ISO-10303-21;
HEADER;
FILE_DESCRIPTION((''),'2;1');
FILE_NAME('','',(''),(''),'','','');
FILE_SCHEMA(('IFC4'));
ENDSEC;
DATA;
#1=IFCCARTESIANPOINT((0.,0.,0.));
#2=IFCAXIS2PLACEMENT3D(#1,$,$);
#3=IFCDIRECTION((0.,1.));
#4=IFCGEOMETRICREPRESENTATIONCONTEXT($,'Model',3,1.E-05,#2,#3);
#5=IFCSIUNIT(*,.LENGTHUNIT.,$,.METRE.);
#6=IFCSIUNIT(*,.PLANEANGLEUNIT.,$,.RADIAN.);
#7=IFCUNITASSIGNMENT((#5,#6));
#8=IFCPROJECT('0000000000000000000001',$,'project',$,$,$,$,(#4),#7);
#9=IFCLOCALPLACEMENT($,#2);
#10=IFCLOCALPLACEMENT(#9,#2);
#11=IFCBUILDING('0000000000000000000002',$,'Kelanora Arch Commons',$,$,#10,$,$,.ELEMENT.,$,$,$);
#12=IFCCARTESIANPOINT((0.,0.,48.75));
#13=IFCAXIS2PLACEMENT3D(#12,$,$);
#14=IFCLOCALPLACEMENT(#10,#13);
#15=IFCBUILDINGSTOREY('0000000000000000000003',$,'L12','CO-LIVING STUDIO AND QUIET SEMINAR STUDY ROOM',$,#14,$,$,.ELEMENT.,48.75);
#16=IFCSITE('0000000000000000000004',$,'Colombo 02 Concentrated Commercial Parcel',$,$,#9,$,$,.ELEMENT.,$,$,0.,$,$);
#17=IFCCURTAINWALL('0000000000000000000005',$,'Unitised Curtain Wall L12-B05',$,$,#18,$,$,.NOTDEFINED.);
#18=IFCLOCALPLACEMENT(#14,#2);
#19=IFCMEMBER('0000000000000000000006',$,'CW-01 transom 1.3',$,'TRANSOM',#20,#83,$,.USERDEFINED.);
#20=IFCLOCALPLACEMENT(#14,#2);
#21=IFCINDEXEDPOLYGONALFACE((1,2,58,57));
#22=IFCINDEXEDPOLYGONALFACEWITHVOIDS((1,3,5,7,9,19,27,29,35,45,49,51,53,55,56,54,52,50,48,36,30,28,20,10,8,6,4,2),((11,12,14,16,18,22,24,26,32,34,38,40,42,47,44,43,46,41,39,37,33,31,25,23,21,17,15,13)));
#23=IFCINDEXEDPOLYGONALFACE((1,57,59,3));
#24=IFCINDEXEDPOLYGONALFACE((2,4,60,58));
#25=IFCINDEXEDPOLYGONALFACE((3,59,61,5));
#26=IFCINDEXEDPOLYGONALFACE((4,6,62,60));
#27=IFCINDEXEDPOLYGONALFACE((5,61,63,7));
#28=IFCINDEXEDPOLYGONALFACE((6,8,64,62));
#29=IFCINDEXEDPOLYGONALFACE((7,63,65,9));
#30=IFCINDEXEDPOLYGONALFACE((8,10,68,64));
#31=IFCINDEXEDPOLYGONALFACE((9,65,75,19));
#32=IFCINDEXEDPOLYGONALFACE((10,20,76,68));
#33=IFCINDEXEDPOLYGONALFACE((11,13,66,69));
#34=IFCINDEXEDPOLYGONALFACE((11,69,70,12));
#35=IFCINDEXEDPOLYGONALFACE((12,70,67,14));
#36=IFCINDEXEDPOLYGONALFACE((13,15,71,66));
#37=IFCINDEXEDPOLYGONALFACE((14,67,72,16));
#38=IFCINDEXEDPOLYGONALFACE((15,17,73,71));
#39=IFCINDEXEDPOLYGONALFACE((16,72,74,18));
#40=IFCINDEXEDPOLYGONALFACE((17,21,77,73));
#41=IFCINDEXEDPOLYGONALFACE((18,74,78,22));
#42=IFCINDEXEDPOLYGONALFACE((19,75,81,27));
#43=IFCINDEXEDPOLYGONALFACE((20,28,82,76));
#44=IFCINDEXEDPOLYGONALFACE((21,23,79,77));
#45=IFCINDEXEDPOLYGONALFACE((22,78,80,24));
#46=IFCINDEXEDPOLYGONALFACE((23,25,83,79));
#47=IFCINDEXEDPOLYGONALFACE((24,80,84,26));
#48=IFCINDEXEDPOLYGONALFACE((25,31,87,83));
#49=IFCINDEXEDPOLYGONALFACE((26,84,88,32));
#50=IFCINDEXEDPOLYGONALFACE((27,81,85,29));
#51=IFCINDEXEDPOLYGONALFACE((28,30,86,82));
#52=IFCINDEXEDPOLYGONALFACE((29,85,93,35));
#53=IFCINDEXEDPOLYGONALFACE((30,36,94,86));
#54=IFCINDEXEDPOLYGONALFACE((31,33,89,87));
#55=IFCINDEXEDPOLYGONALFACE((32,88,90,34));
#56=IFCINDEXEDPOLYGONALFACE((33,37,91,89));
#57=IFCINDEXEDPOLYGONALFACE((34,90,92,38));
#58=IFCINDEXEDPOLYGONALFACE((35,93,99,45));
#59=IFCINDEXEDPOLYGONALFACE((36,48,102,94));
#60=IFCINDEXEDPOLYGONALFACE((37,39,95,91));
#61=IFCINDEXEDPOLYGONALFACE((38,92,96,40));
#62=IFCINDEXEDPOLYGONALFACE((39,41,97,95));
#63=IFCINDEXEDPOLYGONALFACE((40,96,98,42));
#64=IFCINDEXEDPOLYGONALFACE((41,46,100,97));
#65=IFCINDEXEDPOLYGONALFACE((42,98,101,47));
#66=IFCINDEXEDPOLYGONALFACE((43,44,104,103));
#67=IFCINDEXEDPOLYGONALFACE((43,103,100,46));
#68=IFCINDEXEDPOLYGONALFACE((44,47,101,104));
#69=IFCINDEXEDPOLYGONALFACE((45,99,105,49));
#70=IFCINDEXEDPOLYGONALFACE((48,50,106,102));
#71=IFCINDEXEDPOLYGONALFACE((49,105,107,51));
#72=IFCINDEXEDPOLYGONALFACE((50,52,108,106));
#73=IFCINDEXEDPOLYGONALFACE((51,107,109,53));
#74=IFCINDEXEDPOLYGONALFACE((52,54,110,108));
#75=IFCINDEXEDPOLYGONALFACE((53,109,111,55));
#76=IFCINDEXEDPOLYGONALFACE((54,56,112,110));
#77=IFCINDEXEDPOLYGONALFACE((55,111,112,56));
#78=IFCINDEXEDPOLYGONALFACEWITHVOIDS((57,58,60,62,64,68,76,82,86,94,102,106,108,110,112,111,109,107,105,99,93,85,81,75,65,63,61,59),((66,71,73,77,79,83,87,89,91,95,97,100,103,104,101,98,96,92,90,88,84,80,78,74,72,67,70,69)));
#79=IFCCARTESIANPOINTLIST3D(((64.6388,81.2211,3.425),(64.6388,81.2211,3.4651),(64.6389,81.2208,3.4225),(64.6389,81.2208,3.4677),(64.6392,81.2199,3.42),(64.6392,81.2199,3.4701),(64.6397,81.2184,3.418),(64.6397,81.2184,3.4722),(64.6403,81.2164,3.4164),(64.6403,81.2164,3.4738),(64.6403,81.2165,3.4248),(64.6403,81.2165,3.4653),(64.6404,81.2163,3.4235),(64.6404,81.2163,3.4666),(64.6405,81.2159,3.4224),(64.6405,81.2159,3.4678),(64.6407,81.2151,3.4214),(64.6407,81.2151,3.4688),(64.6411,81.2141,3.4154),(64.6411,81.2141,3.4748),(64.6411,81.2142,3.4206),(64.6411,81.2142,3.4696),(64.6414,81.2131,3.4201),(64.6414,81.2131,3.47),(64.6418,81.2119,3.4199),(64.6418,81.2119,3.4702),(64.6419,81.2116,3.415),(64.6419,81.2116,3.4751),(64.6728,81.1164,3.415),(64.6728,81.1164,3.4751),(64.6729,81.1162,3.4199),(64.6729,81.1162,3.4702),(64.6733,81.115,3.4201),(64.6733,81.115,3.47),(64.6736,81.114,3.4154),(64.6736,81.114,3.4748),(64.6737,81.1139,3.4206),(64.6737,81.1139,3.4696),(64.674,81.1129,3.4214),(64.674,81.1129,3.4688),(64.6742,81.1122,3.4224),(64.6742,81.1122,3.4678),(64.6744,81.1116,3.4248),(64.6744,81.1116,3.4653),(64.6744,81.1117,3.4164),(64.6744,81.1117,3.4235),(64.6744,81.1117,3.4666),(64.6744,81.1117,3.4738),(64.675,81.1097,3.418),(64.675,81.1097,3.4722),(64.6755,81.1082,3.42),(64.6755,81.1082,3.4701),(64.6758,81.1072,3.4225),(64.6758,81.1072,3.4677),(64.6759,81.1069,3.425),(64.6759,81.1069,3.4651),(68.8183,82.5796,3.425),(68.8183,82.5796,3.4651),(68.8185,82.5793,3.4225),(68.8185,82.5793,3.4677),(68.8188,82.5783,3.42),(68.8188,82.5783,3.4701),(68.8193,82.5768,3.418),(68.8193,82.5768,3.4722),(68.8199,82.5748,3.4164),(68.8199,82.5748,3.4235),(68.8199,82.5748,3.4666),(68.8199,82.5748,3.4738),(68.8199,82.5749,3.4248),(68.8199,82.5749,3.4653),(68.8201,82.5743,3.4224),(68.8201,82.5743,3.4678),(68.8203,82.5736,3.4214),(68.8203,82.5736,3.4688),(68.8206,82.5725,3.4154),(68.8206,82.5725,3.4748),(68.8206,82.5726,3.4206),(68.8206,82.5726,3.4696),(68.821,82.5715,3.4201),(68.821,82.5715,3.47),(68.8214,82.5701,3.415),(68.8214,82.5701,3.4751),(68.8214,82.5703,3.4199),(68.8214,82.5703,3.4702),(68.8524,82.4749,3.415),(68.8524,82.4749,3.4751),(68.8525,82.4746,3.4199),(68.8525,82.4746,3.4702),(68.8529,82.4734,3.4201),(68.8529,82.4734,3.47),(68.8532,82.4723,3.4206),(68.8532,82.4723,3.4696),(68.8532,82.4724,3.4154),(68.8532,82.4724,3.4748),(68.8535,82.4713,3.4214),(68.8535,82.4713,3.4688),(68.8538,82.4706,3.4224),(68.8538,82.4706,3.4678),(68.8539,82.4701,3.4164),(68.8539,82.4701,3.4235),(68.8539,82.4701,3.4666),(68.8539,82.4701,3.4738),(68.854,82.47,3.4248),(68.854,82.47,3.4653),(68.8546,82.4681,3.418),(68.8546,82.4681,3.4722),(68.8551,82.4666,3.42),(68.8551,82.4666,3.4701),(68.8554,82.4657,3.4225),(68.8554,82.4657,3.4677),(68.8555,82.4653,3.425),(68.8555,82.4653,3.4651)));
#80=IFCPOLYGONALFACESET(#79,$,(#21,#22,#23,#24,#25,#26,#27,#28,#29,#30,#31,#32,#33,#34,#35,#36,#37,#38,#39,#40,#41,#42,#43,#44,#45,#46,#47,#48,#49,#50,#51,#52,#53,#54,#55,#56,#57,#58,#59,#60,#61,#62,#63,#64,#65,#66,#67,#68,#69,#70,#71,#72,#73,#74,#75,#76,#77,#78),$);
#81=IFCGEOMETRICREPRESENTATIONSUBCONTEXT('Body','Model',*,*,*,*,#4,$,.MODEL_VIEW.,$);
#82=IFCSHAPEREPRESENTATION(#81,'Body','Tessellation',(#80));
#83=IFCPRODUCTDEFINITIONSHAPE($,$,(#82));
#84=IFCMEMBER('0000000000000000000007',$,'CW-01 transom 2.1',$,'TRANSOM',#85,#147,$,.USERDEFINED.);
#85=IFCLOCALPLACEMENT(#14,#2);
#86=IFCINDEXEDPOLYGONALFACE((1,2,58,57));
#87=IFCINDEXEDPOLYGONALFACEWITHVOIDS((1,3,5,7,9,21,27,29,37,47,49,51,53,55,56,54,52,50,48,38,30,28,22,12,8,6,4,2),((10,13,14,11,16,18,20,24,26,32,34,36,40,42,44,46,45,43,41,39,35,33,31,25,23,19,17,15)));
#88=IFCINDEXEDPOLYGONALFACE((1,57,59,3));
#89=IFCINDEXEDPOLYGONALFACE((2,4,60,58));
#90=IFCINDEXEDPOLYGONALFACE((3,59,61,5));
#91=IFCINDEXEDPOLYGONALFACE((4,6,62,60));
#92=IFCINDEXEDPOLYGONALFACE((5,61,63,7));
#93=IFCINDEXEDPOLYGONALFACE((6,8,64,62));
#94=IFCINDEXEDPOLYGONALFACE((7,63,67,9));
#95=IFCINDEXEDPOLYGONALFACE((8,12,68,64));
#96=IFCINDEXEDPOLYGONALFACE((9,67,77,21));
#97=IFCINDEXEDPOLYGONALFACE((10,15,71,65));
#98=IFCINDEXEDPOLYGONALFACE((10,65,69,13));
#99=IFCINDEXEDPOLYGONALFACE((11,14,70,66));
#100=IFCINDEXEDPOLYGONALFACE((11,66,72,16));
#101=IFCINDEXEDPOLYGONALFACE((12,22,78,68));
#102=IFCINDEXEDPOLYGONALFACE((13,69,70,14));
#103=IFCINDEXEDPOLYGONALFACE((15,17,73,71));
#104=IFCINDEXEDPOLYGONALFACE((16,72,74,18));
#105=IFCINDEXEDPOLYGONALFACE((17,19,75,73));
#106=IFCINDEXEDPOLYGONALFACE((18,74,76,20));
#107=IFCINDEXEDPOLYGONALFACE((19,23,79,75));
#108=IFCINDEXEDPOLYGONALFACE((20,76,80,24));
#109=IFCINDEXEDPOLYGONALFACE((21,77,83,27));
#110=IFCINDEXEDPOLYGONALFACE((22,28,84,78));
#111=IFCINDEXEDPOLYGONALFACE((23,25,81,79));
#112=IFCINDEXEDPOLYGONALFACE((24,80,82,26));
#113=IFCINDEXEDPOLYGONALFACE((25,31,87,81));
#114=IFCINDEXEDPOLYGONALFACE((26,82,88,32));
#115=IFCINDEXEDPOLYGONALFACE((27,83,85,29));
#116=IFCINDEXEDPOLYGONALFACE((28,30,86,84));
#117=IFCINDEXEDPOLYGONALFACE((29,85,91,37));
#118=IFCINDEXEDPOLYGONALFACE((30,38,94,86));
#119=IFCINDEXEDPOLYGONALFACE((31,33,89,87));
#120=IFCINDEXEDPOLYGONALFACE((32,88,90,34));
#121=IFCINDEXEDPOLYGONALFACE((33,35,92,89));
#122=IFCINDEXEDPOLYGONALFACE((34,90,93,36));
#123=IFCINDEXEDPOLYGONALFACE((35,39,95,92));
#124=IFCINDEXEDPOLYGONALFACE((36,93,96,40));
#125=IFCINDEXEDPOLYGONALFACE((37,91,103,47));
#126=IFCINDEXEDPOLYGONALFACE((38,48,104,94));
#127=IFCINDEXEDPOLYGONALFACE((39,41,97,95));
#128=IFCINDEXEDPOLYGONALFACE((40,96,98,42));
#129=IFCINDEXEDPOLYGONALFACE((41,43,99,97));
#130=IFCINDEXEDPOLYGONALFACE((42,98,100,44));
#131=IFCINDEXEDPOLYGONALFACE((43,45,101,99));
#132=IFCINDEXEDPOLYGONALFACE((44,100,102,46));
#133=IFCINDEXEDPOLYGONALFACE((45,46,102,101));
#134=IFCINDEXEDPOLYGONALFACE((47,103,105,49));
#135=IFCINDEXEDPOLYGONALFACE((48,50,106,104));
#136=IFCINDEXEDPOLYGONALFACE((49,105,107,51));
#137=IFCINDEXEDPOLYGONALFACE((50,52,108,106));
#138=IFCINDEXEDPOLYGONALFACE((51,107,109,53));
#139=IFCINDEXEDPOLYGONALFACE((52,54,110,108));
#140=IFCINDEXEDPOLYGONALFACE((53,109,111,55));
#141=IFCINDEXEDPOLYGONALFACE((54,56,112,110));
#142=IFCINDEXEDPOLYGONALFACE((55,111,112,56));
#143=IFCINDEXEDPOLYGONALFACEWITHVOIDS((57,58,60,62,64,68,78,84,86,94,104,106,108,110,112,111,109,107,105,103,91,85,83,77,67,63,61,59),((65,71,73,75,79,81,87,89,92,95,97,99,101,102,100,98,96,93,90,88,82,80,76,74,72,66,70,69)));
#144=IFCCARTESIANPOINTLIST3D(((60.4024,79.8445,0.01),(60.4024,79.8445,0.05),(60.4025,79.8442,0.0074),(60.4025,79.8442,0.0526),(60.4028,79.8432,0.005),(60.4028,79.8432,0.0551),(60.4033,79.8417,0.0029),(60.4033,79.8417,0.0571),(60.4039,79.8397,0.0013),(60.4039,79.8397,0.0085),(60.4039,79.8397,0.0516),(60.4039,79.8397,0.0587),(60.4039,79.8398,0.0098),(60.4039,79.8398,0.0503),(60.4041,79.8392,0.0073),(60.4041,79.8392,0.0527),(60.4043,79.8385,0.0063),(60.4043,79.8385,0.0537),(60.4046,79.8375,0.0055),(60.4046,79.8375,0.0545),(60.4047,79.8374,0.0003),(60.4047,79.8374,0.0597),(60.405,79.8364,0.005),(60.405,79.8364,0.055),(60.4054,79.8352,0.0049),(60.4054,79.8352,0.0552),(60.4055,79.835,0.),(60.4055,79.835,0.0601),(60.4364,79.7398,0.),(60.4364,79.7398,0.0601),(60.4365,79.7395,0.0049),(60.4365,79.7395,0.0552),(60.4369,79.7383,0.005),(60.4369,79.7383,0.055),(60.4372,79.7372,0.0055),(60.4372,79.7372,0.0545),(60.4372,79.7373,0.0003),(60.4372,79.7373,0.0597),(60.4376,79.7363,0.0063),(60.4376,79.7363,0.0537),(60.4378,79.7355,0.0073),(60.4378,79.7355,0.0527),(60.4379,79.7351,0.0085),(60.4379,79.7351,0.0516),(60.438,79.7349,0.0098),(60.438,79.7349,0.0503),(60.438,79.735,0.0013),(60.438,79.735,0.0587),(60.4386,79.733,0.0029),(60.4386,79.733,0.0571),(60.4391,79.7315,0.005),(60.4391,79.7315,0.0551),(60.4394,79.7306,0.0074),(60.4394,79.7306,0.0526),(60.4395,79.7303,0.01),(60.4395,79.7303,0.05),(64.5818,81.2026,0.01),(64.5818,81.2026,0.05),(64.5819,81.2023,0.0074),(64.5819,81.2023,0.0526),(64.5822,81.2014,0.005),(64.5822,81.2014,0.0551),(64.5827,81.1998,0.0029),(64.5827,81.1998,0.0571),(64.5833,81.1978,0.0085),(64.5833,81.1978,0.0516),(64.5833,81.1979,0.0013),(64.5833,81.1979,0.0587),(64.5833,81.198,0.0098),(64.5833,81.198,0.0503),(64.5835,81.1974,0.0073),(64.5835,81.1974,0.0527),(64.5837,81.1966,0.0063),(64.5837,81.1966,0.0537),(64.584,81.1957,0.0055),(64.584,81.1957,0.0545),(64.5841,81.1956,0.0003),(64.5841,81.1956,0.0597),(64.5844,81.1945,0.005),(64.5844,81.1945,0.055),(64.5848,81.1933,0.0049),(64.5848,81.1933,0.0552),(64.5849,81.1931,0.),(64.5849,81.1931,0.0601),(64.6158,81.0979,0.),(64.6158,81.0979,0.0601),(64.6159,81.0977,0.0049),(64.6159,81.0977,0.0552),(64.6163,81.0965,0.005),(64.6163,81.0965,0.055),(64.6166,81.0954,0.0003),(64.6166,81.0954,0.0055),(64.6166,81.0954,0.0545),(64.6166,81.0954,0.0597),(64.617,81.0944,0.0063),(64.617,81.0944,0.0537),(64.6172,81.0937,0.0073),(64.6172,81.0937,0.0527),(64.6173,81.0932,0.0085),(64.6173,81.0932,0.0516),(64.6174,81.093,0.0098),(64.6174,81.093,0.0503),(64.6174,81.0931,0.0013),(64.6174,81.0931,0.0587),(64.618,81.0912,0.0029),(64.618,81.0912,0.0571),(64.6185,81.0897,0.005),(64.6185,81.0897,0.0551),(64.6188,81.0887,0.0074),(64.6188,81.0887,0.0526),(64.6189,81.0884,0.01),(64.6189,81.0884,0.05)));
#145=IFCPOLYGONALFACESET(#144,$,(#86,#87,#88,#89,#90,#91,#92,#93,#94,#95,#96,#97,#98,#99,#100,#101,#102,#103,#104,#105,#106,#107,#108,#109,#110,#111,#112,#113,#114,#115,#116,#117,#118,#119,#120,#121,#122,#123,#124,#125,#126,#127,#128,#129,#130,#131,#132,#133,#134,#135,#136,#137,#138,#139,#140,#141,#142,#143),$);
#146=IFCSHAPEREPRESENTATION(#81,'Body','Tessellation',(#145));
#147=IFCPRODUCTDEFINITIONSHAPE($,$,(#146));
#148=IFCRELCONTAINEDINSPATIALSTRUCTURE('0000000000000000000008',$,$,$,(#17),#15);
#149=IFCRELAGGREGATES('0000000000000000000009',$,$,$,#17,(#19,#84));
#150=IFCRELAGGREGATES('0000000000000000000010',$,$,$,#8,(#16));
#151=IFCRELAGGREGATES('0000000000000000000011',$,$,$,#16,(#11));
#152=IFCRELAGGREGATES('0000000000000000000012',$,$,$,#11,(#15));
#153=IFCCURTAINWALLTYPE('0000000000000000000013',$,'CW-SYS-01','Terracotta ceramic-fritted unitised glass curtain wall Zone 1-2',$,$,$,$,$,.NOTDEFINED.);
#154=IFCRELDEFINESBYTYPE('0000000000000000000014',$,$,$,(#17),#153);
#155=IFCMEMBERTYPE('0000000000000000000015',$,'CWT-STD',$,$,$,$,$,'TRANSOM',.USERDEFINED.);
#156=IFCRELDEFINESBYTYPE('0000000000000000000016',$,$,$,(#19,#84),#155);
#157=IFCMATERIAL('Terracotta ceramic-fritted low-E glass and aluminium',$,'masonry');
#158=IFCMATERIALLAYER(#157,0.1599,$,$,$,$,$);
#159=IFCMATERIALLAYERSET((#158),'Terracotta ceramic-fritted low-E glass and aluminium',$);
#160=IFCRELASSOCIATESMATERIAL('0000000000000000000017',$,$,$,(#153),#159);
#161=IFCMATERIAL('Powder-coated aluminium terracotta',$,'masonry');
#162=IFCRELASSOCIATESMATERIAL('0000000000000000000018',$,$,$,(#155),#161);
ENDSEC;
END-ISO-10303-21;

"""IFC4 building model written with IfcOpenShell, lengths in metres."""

from ifc_helpers import new_model, si_unit, direction, frame, origin, origin_2d, place, context, subcontext, project, spatial, hollow_rectangle, extrude, material, layer, layer_set, material_profile, profile_set, type_object, element, aggregate, save


model = new_model("IFC4")

# Units and contexts
model_context = context("Model", 3, precision=1e-05, world=origin(), true_north=direction((0.0, 1.0)))
body_context = subcontext(model_context, "Body", "Model", "MODEL_VIEW")
ifc_project = project(units=[si_unit("LENGTHUNIT", "METRE"), si_unit("PLANEANGLEUNIT", "RADIAN")], contexts=[model_context])

# Site, building, storey
site_placement = place(None, origin())
site = spatial("IfcSite", under=ifc_project, at=site_placement, Name="Colombo 02 Concentrated Commercial Parcel", CompositionType="ELEMENT", RefElevation=0.0)
building_placement = place(site_placement, origin())
building = spatial("IfcBuilding", under=site, at=building_placement, Name="Kelanora Arch Commons", CompositionType="ELEMENT")
storey_placement = place(building_placement, frame((0.0, 0.0, 48.75)))
storey = spatial("IfcBuildingStorey", under=building, at=storey_placement, Name="L12", Description="CO-LIVING STUDIO AND QUIET SEMINAR STUDY ROOM", CompositionType="ELEMENT", Elevation=48.75)

# Curtain wall, members
ifc_material_1 = material(Name="Terracotta ceramic-fritted low-E glass and aluminium", Category="masonry")
ifc_layer_1 = layer(ifc_material_1, 0.1599)
ifc_layer_set_1 = layer_set([ifc_layer_1], Name="Terracotta ceramic-fritted low-E glass and aluminium")
curtain_wall_type = type_object("IfcCurtainWallType", Name="CW-SYS-01", Description="Terracotta ceramic-fritted unitised glass curtain wall Zone 1-2", PredefinedType="NOTDEFINED", material=ifc_layer_set_1)
curtain_wall_placement = place(storey_placement, origin())
curtain_wall = element("IfcCurtainWall", 1, at=curtain_wall_placement, inside=storey, type_object=curtain_wall_type, Name="Unitised Curtain Wall L12-B05", PredefinedType="NOTDEFINED")
ifc_material_2 = material(Name="Powder-coated aluminium terracotta", Category="masonry")
ifc_material_profile_1 = material_profile(ifc_material_2, hollow_rectangle(XDim=0.1201, YDim=0.0601, WallThickness=0.0049, InnerFilletRadius=0.0049, OuterFilletRadius=0.01, at=origin_2d()), Name="CWT120x60")
ifc_profile_set_1 = profile_set([ifc_material_profile_1], Name="Powder-coated aluminium terracotta")
member_type_1 = type_object("IfcMemberType", Name="CWT-STD", ElementType="TRANSOM", PredefinedType="USERDEFINED", material=ifc_profile_set_1)
member_1_placement = place(storey_placement, frame((68.8369, 82.5225, 3.4451), z_axis=(-0.951029, -0.309102, 0.0), x_axis=(0.309102, -0.951029, 0.0)))
member_1 = element("IfcMember", 2, at=member_1_placement, type_object=member_type_1, Name="CW-01 transom 1.3", ObjectType="TRANSOM", PredefinedType="USERDEFINED", context=body_context, shape_type="SweptSolid", body=[
    extrude(hollow_rectangle(XDim=0.1201, YDim=0.0601, WallThickness=0.0049, InnerFilletRadius=0.0049, OuterFilletRadius=0.01, at=origin_2d()), origin(), (0.0, 0.0, 1.0), 4.3948),
])
member_2_placement = place(storey_placement, frame((64.6003, 81.1455, 0.03), z_axis=(-0.951045, -0.309052, 0.0), x_axis=(0.309052, -0.951045, 0.0)))
member_2 = element("IfcMember", 3, at=member_2_placement, type_object=member_type_1, Name="CW-01 transom 2.1", ObjectType="TRANSOM", PredefinedType="USERDEFINED", context=body_context, shape_type="SweptSolid", body=[
    extrude(hollow_rectangle(XDim=0.1201, YDim=0.0601, WallThickness=0.0049, InnerFilletRadius=0.0049, OuterFilletRadius=0.01, at=origin_2d()), origin(), (0.0, 0.0, 1.0), 4.3945),
])
aggregate(curtain_wall, [member_1, member_2])

save(model, "model.ifc")
